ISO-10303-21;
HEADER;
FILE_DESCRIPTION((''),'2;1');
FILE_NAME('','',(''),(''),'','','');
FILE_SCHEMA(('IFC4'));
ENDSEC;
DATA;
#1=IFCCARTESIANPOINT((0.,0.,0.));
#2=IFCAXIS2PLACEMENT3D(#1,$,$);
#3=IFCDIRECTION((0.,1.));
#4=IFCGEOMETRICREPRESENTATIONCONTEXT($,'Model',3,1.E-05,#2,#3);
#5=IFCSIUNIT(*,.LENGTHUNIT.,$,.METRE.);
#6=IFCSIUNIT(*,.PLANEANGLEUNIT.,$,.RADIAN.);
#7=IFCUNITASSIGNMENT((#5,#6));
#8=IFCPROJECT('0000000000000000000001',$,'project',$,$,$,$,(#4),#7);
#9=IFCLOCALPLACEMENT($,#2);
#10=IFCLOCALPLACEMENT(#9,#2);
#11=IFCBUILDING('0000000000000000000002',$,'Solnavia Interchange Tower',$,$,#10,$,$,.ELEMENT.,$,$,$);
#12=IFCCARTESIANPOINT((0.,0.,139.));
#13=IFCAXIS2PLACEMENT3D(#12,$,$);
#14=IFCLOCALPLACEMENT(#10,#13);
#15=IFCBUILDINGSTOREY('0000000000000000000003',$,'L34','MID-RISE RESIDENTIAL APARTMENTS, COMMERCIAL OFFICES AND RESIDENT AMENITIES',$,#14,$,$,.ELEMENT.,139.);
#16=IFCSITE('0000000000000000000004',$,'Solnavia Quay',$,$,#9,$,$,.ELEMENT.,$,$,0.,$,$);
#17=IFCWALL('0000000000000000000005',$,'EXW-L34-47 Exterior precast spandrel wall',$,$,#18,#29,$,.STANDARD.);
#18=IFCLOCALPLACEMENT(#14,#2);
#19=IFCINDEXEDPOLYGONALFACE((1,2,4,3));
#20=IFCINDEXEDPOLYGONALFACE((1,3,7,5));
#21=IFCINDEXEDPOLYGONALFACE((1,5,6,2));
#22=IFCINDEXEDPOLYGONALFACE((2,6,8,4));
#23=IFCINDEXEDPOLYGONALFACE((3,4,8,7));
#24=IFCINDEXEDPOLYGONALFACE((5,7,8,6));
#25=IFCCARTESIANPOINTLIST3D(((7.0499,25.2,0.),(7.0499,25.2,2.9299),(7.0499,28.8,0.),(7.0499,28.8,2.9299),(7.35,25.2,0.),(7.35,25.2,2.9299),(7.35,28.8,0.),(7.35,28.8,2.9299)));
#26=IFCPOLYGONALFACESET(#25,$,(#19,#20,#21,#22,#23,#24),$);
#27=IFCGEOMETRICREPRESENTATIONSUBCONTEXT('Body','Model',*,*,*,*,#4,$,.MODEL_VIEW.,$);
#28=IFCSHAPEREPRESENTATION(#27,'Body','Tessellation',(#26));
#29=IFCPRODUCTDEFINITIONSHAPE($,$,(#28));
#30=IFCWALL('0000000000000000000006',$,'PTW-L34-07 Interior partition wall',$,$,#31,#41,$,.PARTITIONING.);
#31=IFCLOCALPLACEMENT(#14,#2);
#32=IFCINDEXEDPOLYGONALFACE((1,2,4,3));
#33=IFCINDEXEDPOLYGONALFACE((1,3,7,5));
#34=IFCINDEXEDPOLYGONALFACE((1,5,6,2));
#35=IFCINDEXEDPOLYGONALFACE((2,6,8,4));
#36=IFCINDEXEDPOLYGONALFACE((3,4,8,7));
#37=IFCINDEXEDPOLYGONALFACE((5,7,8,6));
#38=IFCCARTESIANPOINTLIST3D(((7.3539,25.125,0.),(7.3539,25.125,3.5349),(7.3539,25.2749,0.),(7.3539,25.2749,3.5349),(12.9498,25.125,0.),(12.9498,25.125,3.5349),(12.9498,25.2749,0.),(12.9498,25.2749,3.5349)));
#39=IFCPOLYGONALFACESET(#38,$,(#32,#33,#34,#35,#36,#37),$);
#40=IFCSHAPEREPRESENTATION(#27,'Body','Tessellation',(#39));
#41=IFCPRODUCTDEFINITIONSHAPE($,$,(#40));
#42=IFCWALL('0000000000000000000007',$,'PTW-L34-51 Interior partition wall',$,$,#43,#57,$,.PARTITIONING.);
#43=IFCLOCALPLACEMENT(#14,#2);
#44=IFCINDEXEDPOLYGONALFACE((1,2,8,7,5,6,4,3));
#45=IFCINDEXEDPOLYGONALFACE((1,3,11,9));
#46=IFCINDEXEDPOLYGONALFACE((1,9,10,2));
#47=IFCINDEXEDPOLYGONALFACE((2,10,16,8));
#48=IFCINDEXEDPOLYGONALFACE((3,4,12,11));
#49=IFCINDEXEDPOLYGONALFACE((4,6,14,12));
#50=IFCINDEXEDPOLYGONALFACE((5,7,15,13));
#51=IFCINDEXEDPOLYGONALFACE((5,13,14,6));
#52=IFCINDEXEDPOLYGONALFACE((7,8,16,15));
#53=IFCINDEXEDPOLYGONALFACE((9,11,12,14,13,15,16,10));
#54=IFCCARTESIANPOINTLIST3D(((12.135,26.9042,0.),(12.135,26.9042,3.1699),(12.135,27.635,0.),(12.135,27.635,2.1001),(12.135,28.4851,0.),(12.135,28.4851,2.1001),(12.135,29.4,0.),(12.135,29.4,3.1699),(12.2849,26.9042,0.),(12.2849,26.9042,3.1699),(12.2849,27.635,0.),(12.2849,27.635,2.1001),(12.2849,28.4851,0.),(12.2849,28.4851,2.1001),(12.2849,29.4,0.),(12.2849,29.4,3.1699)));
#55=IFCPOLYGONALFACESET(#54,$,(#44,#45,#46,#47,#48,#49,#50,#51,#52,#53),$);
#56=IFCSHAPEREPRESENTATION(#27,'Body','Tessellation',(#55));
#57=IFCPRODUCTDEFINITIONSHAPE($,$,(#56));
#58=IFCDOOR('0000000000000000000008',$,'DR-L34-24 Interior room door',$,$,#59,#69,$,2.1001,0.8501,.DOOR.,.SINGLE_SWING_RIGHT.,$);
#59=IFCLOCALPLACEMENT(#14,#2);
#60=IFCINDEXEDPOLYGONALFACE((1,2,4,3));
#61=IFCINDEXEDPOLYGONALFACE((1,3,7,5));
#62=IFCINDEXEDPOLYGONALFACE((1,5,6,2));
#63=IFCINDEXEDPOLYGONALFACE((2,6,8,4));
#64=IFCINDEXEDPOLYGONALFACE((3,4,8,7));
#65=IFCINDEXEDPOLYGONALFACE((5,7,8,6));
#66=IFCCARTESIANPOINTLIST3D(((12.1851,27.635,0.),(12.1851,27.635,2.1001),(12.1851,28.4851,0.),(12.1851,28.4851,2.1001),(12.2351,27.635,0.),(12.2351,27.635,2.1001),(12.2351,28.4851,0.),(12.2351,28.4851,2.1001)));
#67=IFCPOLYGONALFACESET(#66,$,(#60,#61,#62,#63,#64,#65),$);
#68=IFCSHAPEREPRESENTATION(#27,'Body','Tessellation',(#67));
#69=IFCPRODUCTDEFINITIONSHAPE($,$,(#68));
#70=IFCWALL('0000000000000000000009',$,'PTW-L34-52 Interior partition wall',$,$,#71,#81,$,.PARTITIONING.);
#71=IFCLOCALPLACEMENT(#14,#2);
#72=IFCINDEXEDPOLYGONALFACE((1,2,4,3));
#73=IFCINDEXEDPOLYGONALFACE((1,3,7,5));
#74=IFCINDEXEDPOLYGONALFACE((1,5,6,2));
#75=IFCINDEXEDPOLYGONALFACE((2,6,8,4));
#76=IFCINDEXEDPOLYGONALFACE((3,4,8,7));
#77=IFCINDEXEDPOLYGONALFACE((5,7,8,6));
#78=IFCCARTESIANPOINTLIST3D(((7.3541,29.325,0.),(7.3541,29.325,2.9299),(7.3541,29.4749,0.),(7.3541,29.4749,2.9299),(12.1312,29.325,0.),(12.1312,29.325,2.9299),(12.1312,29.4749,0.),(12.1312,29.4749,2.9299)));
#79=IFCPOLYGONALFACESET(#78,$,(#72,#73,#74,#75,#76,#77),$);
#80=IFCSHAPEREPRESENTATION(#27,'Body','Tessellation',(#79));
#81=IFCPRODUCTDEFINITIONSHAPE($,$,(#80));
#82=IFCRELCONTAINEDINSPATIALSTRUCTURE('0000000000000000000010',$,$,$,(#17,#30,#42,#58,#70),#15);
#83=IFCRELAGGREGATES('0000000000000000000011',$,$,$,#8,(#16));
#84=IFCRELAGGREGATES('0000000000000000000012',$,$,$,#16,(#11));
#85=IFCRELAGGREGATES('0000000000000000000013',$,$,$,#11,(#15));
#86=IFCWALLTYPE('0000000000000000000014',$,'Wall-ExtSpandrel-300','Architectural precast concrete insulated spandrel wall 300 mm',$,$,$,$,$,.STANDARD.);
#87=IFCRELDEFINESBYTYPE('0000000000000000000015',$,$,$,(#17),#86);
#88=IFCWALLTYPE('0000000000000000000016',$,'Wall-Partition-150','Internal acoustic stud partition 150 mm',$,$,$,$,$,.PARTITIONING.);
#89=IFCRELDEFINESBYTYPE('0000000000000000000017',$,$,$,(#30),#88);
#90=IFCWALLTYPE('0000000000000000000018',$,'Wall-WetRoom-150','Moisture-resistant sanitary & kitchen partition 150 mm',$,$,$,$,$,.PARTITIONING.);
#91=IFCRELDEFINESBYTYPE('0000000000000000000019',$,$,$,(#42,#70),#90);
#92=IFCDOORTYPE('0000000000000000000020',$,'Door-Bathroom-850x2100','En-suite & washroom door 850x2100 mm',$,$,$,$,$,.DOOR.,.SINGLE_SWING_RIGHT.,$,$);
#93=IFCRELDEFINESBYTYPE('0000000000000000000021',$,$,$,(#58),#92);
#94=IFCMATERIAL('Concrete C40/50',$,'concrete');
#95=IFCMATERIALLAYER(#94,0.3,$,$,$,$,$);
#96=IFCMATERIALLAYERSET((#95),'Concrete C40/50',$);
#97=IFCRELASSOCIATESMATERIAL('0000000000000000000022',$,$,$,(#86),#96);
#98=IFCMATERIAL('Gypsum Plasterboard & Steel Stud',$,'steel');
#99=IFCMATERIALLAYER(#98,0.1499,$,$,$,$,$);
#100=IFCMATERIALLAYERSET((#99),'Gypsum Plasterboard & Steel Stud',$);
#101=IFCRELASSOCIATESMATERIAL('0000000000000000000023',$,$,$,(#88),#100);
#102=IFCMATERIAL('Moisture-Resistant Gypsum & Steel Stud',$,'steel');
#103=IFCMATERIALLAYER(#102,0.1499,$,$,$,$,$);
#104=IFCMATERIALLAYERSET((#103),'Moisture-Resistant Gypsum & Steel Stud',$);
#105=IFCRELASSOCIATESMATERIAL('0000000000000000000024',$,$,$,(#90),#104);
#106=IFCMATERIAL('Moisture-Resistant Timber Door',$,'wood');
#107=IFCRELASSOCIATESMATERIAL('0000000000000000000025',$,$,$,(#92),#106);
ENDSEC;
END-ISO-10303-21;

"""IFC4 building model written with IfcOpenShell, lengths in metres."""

from ifc_helpers import new_model, si_unit, direction, frame, frame_2d, origin, place, context, subcontext, project, spatial, rectangle, extrude, material, layer, layer_set, type_object, element, fill, save


model = new_model("IFC4")

# Units and contexts
model_context = context("Model", 3, precision=1e-05, world=origin(), true_north=direction((0.0, 1.0)))
body_context = subcontext(model_context, "Body", "Model", "MODEL_VIEW")
ifc_project = project(units=[si_unit("LENGTHUNIT", "METRE"), si_unit("PLANEANGLEUNIT", "RADIAN")], contexts=[model_context])

# Site, building, storey
site_placement = place(None, origin())
site = spatial("IfcSite", under=ifc_project, at=site_placement, Name="Solnavia Quay", CompositionType="ELEMENT", RefElevation=0.0)
building_placement = place(site_placement, origin())
building = spatial("IfcBuilding", under=site, at=building_placement, Name="Solnavia Interchange Tower", CompositionType="ELEMENT")
storey_placement = place(building_placement, frame((0.0, 0.0, 139.0)))
storey = spatial("IfcBuildingStorey", under=building, at=storey_placement, Name="L34", Description="MID-RISE RESIDENTIAL APARTMENTS, COMMERCIAL OFFICES AND RESIDENT AMENITIES", CompositionType="ELEMENT", Elevation=139.0)

# Shared definitions
ifc_material_1 = material(Name="Concrete C40/50", Category="concrete")
ifc_layer_1 = layer(ifc_material_1, 0.3)
ifc_layer_set_1 = layer_set([ifc_layer_1], Name="Concrete C40/50")
wall_type_1 = type_object("IfcWallType", Name="Wall-ExtSpandrel-300", Description="Architectural precast concrete insulated spandrel wall 300 mm", PredefinedType="STANDARD", material=ifc_layer_set_1)

# Walls
wall_1_placement = place(storey_placement, frame((7.2, 25.2, 0.0), z_axis=(0.0, 0.0, 1.0), x_axis=(0.0, 1.0, 0.0)))
element("IfcWall", 1, at=wall_1_placement, inside=storey, type_object=wall_type_1, Name="EXW-L34-47 Exterior precast spandrel wall", PredefinedType="STANDARD", context=body_context, shape_type="SweptSolid", body=[
    extrude(rectangle(XDim=3.6001, YDim=0.3, at=frame_2d((1.8, 0.0))), origin(), (0.0, 0.0, 1.0), 2.9299),
])
ifc_material_2 = material(Name="Gypsum Plasterboard & Steel Stud", Category="steel")
ifc_layer_2 = layer(ifc_material_2, 0.1499)
ifc_layer_set_2 = layer_set([ifc_layer_2], Name="Gypsum Plasterboard & Steel Stud")
wall_type_2 = type_object("IfcWallType", Name="Wall-Partition-150", Description="Internal acoustic stud partition 150 mm", PredefinedType="PARTITIONING", material=ifc_layer_set_2)
wall_2_placement = place(storey_placement, frame((7.354, 25.2, 0.0), z_axis=(0.0, 0.0, 1.0), x_axis=(1.0, 0.0, 0.0)))
element("IfcWall", 2, at=wall_2_placement, inside=storey, type_object=wall_type_2, Name="PTW-L34-07 Interior partition wall", PredefinedType="PARTITIONING", context=body_context, shape_type="SweptSolid", body=[
    extrude(rectangle(XDim=5.5959, YDim=0.1499, at=frame_2d((2.7979, 0.0))), origin(), (0.0, 0.0, 1.0), 3.5349),
])

# Wall, opening, door
ifc_material_3 = material(Name="Moisture-Resistant Gypsum & Steel Stud", Category="steel")
ifc_layer_3 = layer(ifc_material_3, 0.1499)
ifc_layer_set_3 = layer_set([ifc_layer_3], Name="Moisture-Resistant Gypsum & Steel Stud")
wall_type_3 = type_object("IfcWallType", Name="Wall-WetRoom-150", Description="Moisture-resistant sanitary & kitchen partition 150 mm", PredefinedType="PARTITIONING", material=ifc_layer_set_3)
wall_3_placement = place(storey_placement, frame((12.21, 26.9041, 0.0), z_axis=(0.0, 0.0, 1.0), x_axis=(0.0, 1.0, 0.0)))
wall_3 = element("IfcWall", 3, at=wall_3_placement, inside=storey, type_object=wall_type_3, Name="PTW-L34-51 Interior partition wall", PredefinedType="PARTITIONING", context=body_context, shape_type="SweptSolid", body=[
    extrude(rectangle(XDim=2.4958, YDim=0.1499, at=frame_2d((1.248, 0.0))), origin(), (0.0, 0.0, 1.0), 3.1699),
])
opening_1_placement = place(wall_3_placement, frame((0.731, 0.0, 0.0)))
opening_1 = element("IfcOpeningElement", 4, at=opening_1_placement, cuts=wall_3, PredefinedType="OPENING", context=body_context, shape_type="SweptSolid", body=[
    extrude(rectangle(XDim=0.8501, YDim=2.1001, at=frame_2d((0.425, 1.05))), frame((0.0, 0.085, 0.0), z_axis=(0.0, -1.0, 0.0), x_axis=(1.0, 0.0, 0.0)), (0.0, 0.0, 1.0), 0.1699),
])
ifc_material_4 = material(Name="Moisture-Resistant Timber Door", Category="wood")
door_type = type_object("IfcDoorType", Name="Door-Bathroom-850x2100", Description="En-suite & washroom door 850x2100 mm", OperationType="SINGLE_SWING_RIGHT", PredefinedType="DOOR", material=ifc_material_4)
door_placement = place(opening_1_placement, origin())
door = element("IfcDoor", 5, at=door_placement, inside=storey, type_object=door_type, Name="DR-L34-24 Interior room door", OperationType="SINGLE_SWING_RIGHT", OverallHeight=2.1001, OverallWidth=0.8501, PredefinedType="DOOR", context=body_context, shape_type="SweptSolid", body=[
    extrude(rectangle(XDim=0.8501, YDim=2.1001, at=frame_2d((0.425, 1.05))), frame((0.0, 0.0249, 0.0), z_axis=(0.0, -1.0, 0.0), x_axis=(1.0, 0.0, 0.0)), (0.0, 0.0, 1.0), 0.05),
])
fill(opening_1, door)

# Wall
wall_4_placement = place(storey_placement, frame((7.354, 29.3999, 0.0), z_axis=(0.0, 0.0, 1.0), x_axis=(1.0, 0.0, 0.0)))
element("IfcWall", 6, at=wall_4_placement, inside=storey, type_object=wall_type_3, Name="PTW-L34-52 Interior partition wall", PredefinedType="PARTITIONING", context=body_context, shape_type="SweptSolid", body=[
    extrude(rectangle(XDim=4.7771, YDim=0.1499, at=frame_2d((2.3887, 0.0))), origin(), (0.0, 0.0, 1.0), 2.9299),
])

save(model, "model.ifc")
